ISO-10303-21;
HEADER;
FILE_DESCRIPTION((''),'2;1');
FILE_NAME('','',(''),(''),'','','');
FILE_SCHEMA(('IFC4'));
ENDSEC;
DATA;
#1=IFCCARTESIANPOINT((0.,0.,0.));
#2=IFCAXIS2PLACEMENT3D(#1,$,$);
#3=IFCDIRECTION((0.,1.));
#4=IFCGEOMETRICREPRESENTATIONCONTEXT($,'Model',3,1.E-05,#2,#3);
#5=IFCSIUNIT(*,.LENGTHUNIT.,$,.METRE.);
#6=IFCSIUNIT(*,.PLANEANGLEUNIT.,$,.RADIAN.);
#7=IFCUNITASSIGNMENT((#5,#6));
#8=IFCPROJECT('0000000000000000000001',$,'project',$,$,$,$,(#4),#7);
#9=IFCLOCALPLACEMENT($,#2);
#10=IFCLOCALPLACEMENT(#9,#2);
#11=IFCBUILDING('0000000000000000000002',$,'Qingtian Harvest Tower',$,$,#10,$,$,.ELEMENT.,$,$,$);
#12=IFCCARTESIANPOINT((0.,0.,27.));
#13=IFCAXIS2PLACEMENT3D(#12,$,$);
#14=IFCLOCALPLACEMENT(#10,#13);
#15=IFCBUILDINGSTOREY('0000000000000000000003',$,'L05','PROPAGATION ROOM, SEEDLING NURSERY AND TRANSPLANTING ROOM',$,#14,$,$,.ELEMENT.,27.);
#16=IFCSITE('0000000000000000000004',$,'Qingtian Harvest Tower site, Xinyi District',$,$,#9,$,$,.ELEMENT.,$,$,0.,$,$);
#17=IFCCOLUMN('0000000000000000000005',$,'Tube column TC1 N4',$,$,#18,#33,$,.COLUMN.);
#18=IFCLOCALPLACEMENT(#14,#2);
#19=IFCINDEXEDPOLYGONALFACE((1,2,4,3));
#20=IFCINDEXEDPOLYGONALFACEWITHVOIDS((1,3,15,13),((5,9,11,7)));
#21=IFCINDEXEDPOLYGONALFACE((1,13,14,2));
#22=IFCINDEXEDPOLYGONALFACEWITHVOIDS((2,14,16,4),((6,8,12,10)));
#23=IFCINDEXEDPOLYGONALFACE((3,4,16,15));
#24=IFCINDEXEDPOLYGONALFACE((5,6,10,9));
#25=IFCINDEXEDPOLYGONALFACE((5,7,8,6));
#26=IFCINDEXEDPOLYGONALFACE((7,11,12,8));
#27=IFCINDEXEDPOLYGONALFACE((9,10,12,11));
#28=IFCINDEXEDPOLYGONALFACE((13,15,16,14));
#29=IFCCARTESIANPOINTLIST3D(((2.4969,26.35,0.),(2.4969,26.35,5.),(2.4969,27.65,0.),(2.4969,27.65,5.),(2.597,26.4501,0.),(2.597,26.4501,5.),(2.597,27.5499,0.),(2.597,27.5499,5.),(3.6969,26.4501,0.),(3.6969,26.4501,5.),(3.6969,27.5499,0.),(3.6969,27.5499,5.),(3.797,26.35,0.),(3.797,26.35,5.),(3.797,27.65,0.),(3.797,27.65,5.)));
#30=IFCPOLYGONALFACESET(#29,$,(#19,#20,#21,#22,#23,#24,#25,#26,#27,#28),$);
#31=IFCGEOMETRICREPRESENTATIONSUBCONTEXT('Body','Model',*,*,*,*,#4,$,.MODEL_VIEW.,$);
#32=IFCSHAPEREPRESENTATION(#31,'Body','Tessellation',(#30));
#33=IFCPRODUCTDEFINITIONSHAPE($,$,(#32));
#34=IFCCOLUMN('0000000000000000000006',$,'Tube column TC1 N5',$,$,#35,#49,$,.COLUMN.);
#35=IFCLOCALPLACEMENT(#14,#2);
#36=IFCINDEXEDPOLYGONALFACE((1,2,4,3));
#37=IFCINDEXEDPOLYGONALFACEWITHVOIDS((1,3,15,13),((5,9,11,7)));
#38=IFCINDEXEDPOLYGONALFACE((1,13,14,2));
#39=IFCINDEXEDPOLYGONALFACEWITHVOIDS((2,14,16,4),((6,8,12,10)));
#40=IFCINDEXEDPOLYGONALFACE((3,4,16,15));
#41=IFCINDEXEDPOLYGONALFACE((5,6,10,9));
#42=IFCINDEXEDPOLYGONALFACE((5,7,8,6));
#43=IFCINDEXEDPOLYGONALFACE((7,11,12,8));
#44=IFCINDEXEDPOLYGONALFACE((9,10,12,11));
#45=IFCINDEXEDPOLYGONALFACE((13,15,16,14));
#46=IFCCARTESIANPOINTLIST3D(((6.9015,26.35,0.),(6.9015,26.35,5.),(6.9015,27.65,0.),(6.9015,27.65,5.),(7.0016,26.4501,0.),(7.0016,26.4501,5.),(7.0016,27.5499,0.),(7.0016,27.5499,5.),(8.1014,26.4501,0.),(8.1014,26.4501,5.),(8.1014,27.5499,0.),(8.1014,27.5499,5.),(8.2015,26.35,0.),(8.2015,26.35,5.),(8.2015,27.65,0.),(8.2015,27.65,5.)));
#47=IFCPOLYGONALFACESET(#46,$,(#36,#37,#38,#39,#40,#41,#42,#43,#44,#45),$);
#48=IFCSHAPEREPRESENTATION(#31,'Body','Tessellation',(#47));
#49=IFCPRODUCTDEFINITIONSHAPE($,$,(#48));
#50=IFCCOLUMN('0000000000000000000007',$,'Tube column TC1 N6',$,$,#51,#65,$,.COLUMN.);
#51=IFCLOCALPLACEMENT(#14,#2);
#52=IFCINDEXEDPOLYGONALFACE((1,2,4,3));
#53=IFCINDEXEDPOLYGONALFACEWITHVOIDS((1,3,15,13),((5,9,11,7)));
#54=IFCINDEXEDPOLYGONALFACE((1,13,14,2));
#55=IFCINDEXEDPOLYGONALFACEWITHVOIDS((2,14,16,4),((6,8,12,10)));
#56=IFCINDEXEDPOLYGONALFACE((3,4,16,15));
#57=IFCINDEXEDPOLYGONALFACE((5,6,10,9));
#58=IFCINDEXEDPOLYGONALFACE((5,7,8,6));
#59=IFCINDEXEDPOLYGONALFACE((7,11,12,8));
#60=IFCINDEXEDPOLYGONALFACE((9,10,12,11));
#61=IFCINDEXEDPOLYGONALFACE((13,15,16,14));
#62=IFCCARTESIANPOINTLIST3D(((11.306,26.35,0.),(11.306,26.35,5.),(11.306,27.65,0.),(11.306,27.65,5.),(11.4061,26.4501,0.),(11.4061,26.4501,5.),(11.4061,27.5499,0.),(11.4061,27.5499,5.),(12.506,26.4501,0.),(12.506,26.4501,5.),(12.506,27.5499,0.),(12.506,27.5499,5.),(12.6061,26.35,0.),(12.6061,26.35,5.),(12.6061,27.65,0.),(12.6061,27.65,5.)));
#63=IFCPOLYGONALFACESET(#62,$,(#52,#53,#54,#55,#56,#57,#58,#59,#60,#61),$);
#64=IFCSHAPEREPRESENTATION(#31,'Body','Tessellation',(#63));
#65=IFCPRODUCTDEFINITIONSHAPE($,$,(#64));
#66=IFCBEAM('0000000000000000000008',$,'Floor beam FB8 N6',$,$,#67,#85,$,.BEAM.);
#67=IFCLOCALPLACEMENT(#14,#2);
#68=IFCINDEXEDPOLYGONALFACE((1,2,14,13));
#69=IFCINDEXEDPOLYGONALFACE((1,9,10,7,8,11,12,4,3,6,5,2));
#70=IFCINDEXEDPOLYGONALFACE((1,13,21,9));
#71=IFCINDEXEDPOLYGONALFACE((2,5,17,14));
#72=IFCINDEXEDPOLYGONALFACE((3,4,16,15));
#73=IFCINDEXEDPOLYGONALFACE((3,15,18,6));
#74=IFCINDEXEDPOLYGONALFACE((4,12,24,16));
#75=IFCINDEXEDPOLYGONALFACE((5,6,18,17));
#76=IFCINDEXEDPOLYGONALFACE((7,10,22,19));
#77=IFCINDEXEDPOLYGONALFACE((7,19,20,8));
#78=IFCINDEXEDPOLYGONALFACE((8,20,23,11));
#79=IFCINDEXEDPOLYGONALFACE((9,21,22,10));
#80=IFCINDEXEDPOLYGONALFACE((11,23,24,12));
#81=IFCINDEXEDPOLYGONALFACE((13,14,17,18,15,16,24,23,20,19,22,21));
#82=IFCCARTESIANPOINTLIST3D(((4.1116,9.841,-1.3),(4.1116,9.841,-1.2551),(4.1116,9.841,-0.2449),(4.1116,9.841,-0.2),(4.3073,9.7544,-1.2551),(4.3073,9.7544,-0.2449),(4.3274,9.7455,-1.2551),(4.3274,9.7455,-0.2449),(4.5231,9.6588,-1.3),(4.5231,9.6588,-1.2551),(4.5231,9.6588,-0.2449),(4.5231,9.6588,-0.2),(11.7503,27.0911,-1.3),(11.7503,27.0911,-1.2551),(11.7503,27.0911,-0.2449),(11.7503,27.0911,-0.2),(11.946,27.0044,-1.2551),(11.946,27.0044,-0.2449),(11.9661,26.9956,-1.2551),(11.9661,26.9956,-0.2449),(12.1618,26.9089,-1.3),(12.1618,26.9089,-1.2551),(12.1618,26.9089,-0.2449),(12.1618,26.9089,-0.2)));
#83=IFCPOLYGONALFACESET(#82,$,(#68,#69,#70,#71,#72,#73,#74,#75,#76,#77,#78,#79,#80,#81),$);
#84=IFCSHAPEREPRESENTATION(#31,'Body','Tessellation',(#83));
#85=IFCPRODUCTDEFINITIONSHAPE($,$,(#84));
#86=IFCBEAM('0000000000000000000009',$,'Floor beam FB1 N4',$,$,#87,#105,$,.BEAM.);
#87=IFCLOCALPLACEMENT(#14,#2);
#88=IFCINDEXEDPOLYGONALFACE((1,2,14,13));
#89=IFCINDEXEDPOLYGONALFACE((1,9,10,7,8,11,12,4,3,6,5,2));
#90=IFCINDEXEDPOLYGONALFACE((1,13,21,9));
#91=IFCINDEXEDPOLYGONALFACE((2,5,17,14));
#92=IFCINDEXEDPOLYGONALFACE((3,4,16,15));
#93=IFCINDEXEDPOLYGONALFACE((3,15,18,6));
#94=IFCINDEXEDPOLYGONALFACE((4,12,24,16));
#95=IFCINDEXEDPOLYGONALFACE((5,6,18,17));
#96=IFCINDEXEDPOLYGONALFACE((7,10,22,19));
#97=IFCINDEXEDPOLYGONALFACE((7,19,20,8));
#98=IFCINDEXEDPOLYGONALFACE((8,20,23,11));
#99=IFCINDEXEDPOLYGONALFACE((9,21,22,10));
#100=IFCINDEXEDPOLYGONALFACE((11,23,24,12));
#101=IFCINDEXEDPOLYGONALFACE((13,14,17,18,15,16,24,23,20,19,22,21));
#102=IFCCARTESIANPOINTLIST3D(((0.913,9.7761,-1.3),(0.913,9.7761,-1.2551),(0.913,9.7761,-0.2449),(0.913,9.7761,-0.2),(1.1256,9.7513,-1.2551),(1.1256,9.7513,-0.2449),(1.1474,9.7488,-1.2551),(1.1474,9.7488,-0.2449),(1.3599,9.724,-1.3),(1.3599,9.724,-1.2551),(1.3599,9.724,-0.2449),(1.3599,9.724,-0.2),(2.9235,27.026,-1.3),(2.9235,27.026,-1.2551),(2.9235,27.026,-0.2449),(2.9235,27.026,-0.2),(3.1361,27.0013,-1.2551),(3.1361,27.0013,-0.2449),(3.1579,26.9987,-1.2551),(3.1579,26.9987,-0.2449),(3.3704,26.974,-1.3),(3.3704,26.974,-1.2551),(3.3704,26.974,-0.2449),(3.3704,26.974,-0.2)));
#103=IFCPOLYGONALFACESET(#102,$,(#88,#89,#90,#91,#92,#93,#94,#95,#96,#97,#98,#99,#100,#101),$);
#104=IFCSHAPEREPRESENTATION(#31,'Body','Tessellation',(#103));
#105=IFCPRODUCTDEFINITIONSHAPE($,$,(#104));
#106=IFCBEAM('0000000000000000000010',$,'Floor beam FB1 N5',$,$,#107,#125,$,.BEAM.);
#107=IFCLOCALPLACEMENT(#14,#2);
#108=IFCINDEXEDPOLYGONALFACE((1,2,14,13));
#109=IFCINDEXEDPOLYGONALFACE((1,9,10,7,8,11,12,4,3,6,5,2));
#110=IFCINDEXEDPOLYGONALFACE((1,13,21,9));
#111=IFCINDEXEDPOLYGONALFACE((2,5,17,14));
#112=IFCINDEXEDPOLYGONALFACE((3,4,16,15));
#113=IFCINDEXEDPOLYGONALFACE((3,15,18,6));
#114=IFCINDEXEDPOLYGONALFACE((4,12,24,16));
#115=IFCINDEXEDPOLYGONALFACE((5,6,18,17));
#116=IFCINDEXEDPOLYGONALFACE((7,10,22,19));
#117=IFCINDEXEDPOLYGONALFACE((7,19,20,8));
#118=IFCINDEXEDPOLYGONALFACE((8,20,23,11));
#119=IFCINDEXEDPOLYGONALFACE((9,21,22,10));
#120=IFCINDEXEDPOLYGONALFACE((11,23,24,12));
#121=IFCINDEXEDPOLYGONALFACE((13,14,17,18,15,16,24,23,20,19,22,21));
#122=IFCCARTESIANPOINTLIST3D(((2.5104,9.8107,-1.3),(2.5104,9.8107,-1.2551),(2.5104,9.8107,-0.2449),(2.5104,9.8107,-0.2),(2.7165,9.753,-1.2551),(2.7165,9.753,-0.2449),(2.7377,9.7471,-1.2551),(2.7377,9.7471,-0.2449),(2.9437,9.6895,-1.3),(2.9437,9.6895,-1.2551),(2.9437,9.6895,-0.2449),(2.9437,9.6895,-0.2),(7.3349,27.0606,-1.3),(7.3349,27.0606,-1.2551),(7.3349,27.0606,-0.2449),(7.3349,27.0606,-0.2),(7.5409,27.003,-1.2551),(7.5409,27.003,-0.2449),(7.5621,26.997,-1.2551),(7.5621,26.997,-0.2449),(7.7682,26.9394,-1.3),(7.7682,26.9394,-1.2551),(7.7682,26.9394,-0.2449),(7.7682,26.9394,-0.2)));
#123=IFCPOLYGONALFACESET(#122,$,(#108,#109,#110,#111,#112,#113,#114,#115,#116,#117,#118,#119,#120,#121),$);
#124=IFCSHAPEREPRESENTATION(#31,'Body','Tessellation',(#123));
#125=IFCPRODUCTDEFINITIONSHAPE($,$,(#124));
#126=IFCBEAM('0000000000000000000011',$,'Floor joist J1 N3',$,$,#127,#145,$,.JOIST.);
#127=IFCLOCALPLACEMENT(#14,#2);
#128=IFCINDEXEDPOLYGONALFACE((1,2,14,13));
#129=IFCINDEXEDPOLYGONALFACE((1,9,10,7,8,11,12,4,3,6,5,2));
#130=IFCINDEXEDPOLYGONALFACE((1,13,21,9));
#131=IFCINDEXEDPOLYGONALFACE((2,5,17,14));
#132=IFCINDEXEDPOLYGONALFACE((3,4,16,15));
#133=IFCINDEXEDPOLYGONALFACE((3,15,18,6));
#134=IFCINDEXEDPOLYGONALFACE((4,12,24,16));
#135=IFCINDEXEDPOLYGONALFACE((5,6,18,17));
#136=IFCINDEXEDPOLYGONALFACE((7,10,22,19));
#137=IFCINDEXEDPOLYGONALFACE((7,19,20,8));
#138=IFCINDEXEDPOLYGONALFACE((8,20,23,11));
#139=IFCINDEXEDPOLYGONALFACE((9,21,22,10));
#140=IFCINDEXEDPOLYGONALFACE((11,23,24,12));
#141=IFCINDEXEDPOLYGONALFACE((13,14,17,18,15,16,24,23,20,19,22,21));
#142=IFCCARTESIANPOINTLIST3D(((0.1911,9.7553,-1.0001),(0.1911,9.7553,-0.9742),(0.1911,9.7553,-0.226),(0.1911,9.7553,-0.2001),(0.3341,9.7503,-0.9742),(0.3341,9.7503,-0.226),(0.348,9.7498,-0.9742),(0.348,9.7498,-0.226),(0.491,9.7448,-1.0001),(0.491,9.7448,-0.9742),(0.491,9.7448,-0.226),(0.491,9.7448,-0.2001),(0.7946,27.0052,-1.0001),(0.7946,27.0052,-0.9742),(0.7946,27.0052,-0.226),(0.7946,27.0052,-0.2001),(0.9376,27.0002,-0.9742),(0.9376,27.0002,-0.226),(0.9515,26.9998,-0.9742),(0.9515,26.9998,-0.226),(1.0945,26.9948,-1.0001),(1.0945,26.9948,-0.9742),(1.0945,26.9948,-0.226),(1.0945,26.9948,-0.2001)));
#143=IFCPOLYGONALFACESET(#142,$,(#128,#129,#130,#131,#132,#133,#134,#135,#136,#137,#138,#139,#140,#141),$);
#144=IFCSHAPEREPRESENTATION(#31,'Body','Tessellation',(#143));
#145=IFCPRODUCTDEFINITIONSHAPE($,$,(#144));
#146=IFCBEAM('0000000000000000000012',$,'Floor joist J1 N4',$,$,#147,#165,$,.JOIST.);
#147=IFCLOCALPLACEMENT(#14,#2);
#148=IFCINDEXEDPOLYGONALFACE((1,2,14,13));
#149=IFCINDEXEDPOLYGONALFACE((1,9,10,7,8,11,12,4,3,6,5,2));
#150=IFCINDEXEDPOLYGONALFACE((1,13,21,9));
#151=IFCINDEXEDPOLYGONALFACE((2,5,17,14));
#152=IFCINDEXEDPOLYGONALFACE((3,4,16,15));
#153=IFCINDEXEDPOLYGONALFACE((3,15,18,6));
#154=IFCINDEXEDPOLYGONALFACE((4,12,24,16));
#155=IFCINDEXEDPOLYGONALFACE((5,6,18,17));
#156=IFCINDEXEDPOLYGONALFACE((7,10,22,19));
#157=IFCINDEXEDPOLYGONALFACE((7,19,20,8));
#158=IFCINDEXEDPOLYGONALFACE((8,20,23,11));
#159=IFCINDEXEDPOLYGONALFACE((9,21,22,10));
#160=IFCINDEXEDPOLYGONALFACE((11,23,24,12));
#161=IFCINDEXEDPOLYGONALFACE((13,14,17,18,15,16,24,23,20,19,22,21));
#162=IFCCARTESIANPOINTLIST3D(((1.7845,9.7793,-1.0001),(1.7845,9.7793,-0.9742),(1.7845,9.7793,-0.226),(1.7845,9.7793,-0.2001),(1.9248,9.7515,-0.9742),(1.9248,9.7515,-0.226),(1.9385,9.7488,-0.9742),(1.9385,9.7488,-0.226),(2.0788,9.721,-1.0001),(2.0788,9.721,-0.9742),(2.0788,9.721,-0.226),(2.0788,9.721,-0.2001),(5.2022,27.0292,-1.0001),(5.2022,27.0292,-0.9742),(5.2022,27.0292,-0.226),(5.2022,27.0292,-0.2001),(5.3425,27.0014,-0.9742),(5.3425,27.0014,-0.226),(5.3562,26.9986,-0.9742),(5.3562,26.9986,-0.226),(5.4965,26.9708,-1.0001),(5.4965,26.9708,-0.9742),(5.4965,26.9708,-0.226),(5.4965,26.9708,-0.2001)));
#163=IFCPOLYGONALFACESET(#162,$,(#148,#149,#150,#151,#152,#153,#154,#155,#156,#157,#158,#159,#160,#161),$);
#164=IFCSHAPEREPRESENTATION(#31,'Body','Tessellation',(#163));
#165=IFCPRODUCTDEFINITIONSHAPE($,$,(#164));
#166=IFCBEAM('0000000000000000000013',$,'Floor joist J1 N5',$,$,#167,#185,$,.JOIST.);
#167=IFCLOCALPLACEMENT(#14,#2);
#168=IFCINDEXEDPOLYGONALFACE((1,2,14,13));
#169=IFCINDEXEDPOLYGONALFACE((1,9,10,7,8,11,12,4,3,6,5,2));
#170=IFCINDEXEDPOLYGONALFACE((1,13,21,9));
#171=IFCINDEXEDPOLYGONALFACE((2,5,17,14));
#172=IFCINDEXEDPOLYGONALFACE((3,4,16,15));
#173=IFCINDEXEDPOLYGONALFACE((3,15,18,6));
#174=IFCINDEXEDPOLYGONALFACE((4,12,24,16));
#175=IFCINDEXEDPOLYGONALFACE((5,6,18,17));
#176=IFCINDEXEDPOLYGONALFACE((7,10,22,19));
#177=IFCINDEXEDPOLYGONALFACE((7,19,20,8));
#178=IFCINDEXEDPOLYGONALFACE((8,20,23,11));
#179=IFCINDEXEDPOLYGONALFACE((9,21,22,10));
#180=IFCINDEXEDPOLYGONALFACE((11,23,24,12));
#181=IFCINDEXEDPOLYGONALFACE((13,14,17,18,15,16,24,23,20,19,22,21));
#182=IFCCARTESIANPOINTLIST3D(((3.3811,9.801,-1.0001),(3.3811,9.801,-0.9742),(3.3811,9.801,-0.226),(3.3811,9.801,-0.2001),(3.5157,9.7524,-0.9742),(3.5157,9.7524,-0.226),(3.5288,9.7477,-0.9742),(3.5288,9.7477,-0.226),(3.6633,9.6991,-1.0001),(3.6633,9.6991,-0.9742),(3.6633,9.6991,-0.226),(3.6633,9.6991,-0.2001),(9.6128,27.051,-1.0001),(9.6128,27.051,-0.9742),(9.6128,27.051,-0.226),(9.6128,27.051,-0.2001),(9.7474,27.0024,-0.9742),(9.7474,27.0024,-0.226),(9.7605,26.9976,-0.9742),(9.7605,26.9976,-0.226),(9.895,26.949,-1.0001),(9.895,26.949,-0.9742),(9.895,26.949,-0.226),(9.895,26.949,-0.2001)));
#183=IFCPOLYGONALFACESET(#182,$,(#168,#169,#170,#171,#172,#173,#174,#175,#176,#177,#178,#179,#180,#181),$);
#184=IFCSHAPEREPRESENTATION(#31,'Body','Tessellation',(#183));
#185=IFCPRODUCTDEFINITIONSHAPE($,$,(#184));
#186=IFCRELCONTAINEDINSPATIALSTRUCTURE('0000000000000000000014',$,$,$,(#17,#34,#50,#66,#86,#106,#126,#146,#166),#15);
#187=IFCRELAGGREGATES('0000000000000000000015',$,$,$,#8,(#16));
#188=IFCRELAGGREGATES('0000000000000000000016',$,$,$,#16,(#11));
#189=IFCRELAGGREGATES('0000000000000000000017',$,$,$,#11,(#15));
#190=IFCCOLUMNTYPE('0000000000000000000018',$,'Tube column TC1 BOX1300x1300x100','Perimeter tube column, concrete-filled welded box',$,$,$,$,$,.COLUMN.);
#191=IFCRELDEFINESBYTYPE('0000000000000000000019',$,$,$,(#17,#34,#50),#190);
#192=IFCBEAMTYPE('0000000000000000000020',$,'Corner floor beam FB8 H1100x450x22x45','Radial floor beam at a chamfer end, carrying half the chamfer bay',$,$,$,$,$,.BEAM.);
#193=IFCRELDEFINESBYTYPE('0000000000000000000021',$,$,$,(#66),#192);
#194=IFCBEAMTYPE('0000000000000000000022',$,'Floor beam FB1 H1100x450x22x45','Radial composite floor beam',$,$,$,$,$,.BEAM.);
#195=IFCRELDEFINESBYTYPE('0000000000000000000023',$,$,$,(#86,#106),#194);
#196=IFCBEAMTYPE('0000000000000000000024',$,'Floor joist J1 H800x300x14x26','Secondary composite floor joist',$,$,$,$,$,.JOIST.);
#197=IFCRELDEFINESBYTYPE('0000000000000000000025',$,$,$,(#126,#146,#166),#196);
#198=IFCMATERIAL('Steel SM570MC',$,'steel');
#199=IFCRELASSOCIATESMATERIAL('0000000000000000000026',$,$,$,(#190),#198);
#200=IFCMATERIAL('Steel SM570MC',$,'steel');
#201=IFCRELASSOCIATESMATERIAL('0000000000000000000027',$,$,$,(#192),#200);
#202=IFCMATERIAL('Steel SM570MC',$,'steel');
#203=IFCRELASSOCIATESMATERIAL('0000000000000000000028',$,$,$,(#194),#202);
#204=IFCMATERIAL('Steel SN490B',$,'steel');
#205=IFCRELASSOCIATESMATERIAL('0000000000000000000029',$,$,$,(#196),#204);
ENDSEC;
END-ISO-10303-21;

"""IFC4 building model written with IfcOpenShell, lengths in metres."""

from ifc_helpers import new_model, si_unit, direction, frame, origin, origin_2d, place, context, subcontext, project, spatial, hollow_rectangle, i_section, extrude, material, material_profile, profile_set, type_object, element, save


model = new_model("IFC4")

# Units and contexts
model_context = context("Model", 3, precision=1e-05, world=origin(), true_north=direction((0.0, 1.0)))
body_context = subcontext(model_context, "Body", "Model", "MODEL_VIEW")
ifc_project = project(units=[si_unit("LENGTHUNIT", "METRE"), si_unit("PLANEANGLEUNIT", "RADIAN")], contexts=[model_context])

# Site, building, storey
site_placement = place(None, origin())
site = spatial("IfcSite", under=ifc_project, at=site_placement, Name="Qingtian Harvest Tower site, Xinyi District", CompositionType="ELEMENT", RefElevation=0.0)
building_placement = place(site_placement, origin())
building = spatial("IfcBuilding", under=site, at=building_placement, Name="Qingtian Harvest Tower", CompositionType="ELEMENT")
storey_placement = place(building_placement, frame((0.0, 0.0, 27.0)))
storey = spatial("IfcBuildingStorey", under=building, at=storey_placement, Name="L05", Description="PROPAGATION ROOM, SEEDLING NURSERY AND TRANSPLANTING ROOM", CompositionType="ELEMENT", Elevation=27.0)

# Columns
ifc_material_1 = material(Name="Steel SM570MC", Category="steel")
ifc_material_profile_1 = material_profile(ifc_material_1, hollow_rectangle(XDim=1.3, YDim=1.3, WallThickness=0.1001, at=origin_2d()), Name="BOX1300x1300x100")
ifc_profile_set_1 = profile_set([ifc_material_profile_1], Name="Steel SM570MC")
column_type = type_object("IfcColumnType", Name="Tube column TC1 BOX1300x1300x100", Description="Perimeter tube column, concrete-filled welded box", PredefinedType="COLUMN", material=ifc_profile_set_1)
for number, where, z_axis, x_axis, name in (
    (1, (3.147, 27.0, 0.0), (0.0, 0.0, 1.0), (-1.0, 0.0, 0.0), "Tube column TC1 N4"),
    (2, (7.5515, 27.0, 0.0), (0.0, 0.0, 1.0), (-1.0, 0.0, 0.0), "Tube column TC1 N5"),
    (3, (11.9561, 27.0, 0.0), (0.0, 0.0, 1.0), (-1.0, 0.0, 0.0), "Tube column TC1 N6"),
):
    element("IfcColumn", number, at=place(storey_placement, frame(where, z_axis=z_axis, x_axis=x_axis)), inside=storey, type_object=column_type, Name=name, PredefinedType="COLUMN", context=body_context, shape_type="SweptSolid", body=[
        extrude(hollow_rectangle(XDim=1.3, YDim=1.3, WallThickness=0.1001, at=origin_2d()), origin(), (0.0, 0.0, 1.0), 5.0),
    ])

# Beams
ifc_material_2 = material(Name="Steel SM570MC", Category="steel")
ifc_material_profile_2 = material_profile(ifc_material_2, i_section(OverallWidth=0.45, OverallDepth=1.1001, WebThickness=0.022, FlangeThickness=0.0449, at=origin_2d()), Name="H1100x450x22x45")
ifc_profile_set_2 = profile_set([ifc_material_profile_2], Name="Steel SM570MC")
beam_type_1 = type_object("IfcBeamType", Name="Corner floor beam FB8 H1100x450x22x45", Description="Radial floor beam at a chamfer end, carrying half the chamfer bay", PredefinedType="BEAM", material=ifc_profile_set_2)
beam_1_placement = place(storey_placement, frame((11.9561, 27.0, -0.75), z_axis=(-0.404899, -0.914361, 0.0), x_axis=(0.914361, -0.404899, 0.0)))
element("IfcBeam", 4, at=beam_1_placement, inside=storey, type_object=beam_type_1, Name="Floor beam FB8 N6", PredefinedType="BEAM", context=body_context, shape_type="SweptSolid", body=[
    extrude(i_section(OverallWidth=0.45, OverallDepth=1.1001, WebThickness=0.022, FlangeThickness=0.0449, at=origin_2d()), origin(), (0.0, 0.0, 1.0), 18.8657),
])
ifc_material_3 = material(Name="Steel SM570MC", Category="steel")
ifc_material_profile_3 = material_profile(ifc_material_3, i_section(OverallWidth=0.45, OverallDepth=1.1001, WebThickness=0.022, FlangeThickness=0.0449, at=origin_2d()), Name="H1100x450x22x45")
ifc_profile_set_3 = profile_set([ifc_material_profile_3], Name="Steel SM570MC")
beam_type_2 = type_object("IfcBeamType", Name="Floor beam FB1 H1100x450x22x45", Description="Radial composite floor beam", PredefinedType="BEAM", material=ifc_profile_set_3)
beam_2_placement = place(storey_placement, frame((3.147, 27.0, -0.75), z_axis=(-0.115767, -0.993276, 0.0), x_axis=(0.993276, -0.115767, 0.0)))
element("IfcBeam", 5, at=beam_2_placement, inside=storey, type_object=beam_type_2, Name="Floor beam FB1 N4", PredefinedType="BEAM", context=body_context, shape_type="SweptSolid", body=[
    extrude(i_section(OverallWidth=0.45, OverallDepth=1.1001, WebThickness=0.022, FlangeThickness=0.0449, at=origin_2d()), origin(), (0.0, 0.0, 1.0), 17.3667),
])
beam_3_placement = place(storey_placement, frame((7.5515, 27.0, -0.75), z_axis=(-0.269343, -0.963044, 0.0), x_axis=(0.963044, -0.269343, 0.0)))
element("IfcBeam", 6, at=beam_3_placement, inside=storey, type_object=beam_type_2, Name="Floor beam FB1 N5", PredefinedType="BEAM", context=body_context, shape_type="SweptSolid", body=[
    extrude(i_section(OverallWidth=0.45, OverallDepth=1.1001, WebThickness=0.022, FlangeThickness=0.0449, at=origin_2d()), origin(), (0.0, 0.0, 1.0), 17.9119),
])
ifc_material_4 = material(Name="Steel SN490B", Category="steel")
ifc_material_profile_4 = material_profile(ifc_material_4, i_section(OverallWidth=0.3, OverallDepth=0.8, WebThickness=0.0139, FlangeThickness=0.0259, at=origin_2d()), Name="H800x300x14x26")
ifc_profile_set_4 = profile_set([ifc_material_profile_4], Name="Steel SN490B")
beam_type_3 = type_object("IfcBeamType", Name="Floor joist J1 H800x300x14x26", Description="Secondary composite floor joist", PredefinedType="JOIST", material=ifc_profile_set_4)
beam_4_placement = place(storey_placement, frame((0.9446, 27.0, -0.6001), z_axis=(-0.034965, -0.999389, 0.0), x_axis=(0.999389, -0.034965, 0.0)))
element("IfcBeam", 7, at=beam_4_placement, inside=storey, type_object=beam_type_3, Name="Floor joist J1 N3", PredefinedType="JOIST", context=body_context, shape_type="SweptSolid", body=[
    extrude(i_section(OverallWidth=0.3, OverallDepth=0.8, WebThickness=0.0139, FlangeThickness=0.0259, at=origin_2d()), origin(), (0.0, 0.0, 1.0), 17.2605),
])
beam_5_placement = place(storey_placement, frame((5.3494, 27.0, -0.6001), z_axis=(-0.194351, -0.980932, 0.0), x_axis=(0.980932, -0.194351, 0.0)))
element("IfcBeam", 8, at=beam_5_placement, inside=storey, type_object=beam_type_3, Name="Floor joist J1 N4", PredefinedType="JOIST", context=body_context, shape_type="SweptSolid", body=[
    extrude(i_section(OverallWidth=0.3, OverallDepth=0.8, WebThickness=0.0139, FlangeThickness=0.0259, at=origin_2d()), origin(), (0.0, 0.0, 1.0), 17.5852),
])
beam_6_placement = place(storey_placement, frame((9.7539, 27.0, -0.6001), z_axis=(-0.339766, -0.94051, 0.0), x_axis=(0.94051, -0.339766, 0.0)))
element("IfcBeam", 9, at=beam_6_placement, inside=storey, type_object=beam_type_3, Name="Floor joist J1 N5", PredefinedType="JOIST", context=body_context, shape_type="SweptSolid", body=[
    extrude(i_section(OverallWidth=0.3, OverallDepth=0.8, WebThickness=0.0139, FlangeThickness=0.0259, at=origin_2d()), origin(), (0.0, 0.0, 1.0), 18.3411),
])

save(model, "model.ifc")
